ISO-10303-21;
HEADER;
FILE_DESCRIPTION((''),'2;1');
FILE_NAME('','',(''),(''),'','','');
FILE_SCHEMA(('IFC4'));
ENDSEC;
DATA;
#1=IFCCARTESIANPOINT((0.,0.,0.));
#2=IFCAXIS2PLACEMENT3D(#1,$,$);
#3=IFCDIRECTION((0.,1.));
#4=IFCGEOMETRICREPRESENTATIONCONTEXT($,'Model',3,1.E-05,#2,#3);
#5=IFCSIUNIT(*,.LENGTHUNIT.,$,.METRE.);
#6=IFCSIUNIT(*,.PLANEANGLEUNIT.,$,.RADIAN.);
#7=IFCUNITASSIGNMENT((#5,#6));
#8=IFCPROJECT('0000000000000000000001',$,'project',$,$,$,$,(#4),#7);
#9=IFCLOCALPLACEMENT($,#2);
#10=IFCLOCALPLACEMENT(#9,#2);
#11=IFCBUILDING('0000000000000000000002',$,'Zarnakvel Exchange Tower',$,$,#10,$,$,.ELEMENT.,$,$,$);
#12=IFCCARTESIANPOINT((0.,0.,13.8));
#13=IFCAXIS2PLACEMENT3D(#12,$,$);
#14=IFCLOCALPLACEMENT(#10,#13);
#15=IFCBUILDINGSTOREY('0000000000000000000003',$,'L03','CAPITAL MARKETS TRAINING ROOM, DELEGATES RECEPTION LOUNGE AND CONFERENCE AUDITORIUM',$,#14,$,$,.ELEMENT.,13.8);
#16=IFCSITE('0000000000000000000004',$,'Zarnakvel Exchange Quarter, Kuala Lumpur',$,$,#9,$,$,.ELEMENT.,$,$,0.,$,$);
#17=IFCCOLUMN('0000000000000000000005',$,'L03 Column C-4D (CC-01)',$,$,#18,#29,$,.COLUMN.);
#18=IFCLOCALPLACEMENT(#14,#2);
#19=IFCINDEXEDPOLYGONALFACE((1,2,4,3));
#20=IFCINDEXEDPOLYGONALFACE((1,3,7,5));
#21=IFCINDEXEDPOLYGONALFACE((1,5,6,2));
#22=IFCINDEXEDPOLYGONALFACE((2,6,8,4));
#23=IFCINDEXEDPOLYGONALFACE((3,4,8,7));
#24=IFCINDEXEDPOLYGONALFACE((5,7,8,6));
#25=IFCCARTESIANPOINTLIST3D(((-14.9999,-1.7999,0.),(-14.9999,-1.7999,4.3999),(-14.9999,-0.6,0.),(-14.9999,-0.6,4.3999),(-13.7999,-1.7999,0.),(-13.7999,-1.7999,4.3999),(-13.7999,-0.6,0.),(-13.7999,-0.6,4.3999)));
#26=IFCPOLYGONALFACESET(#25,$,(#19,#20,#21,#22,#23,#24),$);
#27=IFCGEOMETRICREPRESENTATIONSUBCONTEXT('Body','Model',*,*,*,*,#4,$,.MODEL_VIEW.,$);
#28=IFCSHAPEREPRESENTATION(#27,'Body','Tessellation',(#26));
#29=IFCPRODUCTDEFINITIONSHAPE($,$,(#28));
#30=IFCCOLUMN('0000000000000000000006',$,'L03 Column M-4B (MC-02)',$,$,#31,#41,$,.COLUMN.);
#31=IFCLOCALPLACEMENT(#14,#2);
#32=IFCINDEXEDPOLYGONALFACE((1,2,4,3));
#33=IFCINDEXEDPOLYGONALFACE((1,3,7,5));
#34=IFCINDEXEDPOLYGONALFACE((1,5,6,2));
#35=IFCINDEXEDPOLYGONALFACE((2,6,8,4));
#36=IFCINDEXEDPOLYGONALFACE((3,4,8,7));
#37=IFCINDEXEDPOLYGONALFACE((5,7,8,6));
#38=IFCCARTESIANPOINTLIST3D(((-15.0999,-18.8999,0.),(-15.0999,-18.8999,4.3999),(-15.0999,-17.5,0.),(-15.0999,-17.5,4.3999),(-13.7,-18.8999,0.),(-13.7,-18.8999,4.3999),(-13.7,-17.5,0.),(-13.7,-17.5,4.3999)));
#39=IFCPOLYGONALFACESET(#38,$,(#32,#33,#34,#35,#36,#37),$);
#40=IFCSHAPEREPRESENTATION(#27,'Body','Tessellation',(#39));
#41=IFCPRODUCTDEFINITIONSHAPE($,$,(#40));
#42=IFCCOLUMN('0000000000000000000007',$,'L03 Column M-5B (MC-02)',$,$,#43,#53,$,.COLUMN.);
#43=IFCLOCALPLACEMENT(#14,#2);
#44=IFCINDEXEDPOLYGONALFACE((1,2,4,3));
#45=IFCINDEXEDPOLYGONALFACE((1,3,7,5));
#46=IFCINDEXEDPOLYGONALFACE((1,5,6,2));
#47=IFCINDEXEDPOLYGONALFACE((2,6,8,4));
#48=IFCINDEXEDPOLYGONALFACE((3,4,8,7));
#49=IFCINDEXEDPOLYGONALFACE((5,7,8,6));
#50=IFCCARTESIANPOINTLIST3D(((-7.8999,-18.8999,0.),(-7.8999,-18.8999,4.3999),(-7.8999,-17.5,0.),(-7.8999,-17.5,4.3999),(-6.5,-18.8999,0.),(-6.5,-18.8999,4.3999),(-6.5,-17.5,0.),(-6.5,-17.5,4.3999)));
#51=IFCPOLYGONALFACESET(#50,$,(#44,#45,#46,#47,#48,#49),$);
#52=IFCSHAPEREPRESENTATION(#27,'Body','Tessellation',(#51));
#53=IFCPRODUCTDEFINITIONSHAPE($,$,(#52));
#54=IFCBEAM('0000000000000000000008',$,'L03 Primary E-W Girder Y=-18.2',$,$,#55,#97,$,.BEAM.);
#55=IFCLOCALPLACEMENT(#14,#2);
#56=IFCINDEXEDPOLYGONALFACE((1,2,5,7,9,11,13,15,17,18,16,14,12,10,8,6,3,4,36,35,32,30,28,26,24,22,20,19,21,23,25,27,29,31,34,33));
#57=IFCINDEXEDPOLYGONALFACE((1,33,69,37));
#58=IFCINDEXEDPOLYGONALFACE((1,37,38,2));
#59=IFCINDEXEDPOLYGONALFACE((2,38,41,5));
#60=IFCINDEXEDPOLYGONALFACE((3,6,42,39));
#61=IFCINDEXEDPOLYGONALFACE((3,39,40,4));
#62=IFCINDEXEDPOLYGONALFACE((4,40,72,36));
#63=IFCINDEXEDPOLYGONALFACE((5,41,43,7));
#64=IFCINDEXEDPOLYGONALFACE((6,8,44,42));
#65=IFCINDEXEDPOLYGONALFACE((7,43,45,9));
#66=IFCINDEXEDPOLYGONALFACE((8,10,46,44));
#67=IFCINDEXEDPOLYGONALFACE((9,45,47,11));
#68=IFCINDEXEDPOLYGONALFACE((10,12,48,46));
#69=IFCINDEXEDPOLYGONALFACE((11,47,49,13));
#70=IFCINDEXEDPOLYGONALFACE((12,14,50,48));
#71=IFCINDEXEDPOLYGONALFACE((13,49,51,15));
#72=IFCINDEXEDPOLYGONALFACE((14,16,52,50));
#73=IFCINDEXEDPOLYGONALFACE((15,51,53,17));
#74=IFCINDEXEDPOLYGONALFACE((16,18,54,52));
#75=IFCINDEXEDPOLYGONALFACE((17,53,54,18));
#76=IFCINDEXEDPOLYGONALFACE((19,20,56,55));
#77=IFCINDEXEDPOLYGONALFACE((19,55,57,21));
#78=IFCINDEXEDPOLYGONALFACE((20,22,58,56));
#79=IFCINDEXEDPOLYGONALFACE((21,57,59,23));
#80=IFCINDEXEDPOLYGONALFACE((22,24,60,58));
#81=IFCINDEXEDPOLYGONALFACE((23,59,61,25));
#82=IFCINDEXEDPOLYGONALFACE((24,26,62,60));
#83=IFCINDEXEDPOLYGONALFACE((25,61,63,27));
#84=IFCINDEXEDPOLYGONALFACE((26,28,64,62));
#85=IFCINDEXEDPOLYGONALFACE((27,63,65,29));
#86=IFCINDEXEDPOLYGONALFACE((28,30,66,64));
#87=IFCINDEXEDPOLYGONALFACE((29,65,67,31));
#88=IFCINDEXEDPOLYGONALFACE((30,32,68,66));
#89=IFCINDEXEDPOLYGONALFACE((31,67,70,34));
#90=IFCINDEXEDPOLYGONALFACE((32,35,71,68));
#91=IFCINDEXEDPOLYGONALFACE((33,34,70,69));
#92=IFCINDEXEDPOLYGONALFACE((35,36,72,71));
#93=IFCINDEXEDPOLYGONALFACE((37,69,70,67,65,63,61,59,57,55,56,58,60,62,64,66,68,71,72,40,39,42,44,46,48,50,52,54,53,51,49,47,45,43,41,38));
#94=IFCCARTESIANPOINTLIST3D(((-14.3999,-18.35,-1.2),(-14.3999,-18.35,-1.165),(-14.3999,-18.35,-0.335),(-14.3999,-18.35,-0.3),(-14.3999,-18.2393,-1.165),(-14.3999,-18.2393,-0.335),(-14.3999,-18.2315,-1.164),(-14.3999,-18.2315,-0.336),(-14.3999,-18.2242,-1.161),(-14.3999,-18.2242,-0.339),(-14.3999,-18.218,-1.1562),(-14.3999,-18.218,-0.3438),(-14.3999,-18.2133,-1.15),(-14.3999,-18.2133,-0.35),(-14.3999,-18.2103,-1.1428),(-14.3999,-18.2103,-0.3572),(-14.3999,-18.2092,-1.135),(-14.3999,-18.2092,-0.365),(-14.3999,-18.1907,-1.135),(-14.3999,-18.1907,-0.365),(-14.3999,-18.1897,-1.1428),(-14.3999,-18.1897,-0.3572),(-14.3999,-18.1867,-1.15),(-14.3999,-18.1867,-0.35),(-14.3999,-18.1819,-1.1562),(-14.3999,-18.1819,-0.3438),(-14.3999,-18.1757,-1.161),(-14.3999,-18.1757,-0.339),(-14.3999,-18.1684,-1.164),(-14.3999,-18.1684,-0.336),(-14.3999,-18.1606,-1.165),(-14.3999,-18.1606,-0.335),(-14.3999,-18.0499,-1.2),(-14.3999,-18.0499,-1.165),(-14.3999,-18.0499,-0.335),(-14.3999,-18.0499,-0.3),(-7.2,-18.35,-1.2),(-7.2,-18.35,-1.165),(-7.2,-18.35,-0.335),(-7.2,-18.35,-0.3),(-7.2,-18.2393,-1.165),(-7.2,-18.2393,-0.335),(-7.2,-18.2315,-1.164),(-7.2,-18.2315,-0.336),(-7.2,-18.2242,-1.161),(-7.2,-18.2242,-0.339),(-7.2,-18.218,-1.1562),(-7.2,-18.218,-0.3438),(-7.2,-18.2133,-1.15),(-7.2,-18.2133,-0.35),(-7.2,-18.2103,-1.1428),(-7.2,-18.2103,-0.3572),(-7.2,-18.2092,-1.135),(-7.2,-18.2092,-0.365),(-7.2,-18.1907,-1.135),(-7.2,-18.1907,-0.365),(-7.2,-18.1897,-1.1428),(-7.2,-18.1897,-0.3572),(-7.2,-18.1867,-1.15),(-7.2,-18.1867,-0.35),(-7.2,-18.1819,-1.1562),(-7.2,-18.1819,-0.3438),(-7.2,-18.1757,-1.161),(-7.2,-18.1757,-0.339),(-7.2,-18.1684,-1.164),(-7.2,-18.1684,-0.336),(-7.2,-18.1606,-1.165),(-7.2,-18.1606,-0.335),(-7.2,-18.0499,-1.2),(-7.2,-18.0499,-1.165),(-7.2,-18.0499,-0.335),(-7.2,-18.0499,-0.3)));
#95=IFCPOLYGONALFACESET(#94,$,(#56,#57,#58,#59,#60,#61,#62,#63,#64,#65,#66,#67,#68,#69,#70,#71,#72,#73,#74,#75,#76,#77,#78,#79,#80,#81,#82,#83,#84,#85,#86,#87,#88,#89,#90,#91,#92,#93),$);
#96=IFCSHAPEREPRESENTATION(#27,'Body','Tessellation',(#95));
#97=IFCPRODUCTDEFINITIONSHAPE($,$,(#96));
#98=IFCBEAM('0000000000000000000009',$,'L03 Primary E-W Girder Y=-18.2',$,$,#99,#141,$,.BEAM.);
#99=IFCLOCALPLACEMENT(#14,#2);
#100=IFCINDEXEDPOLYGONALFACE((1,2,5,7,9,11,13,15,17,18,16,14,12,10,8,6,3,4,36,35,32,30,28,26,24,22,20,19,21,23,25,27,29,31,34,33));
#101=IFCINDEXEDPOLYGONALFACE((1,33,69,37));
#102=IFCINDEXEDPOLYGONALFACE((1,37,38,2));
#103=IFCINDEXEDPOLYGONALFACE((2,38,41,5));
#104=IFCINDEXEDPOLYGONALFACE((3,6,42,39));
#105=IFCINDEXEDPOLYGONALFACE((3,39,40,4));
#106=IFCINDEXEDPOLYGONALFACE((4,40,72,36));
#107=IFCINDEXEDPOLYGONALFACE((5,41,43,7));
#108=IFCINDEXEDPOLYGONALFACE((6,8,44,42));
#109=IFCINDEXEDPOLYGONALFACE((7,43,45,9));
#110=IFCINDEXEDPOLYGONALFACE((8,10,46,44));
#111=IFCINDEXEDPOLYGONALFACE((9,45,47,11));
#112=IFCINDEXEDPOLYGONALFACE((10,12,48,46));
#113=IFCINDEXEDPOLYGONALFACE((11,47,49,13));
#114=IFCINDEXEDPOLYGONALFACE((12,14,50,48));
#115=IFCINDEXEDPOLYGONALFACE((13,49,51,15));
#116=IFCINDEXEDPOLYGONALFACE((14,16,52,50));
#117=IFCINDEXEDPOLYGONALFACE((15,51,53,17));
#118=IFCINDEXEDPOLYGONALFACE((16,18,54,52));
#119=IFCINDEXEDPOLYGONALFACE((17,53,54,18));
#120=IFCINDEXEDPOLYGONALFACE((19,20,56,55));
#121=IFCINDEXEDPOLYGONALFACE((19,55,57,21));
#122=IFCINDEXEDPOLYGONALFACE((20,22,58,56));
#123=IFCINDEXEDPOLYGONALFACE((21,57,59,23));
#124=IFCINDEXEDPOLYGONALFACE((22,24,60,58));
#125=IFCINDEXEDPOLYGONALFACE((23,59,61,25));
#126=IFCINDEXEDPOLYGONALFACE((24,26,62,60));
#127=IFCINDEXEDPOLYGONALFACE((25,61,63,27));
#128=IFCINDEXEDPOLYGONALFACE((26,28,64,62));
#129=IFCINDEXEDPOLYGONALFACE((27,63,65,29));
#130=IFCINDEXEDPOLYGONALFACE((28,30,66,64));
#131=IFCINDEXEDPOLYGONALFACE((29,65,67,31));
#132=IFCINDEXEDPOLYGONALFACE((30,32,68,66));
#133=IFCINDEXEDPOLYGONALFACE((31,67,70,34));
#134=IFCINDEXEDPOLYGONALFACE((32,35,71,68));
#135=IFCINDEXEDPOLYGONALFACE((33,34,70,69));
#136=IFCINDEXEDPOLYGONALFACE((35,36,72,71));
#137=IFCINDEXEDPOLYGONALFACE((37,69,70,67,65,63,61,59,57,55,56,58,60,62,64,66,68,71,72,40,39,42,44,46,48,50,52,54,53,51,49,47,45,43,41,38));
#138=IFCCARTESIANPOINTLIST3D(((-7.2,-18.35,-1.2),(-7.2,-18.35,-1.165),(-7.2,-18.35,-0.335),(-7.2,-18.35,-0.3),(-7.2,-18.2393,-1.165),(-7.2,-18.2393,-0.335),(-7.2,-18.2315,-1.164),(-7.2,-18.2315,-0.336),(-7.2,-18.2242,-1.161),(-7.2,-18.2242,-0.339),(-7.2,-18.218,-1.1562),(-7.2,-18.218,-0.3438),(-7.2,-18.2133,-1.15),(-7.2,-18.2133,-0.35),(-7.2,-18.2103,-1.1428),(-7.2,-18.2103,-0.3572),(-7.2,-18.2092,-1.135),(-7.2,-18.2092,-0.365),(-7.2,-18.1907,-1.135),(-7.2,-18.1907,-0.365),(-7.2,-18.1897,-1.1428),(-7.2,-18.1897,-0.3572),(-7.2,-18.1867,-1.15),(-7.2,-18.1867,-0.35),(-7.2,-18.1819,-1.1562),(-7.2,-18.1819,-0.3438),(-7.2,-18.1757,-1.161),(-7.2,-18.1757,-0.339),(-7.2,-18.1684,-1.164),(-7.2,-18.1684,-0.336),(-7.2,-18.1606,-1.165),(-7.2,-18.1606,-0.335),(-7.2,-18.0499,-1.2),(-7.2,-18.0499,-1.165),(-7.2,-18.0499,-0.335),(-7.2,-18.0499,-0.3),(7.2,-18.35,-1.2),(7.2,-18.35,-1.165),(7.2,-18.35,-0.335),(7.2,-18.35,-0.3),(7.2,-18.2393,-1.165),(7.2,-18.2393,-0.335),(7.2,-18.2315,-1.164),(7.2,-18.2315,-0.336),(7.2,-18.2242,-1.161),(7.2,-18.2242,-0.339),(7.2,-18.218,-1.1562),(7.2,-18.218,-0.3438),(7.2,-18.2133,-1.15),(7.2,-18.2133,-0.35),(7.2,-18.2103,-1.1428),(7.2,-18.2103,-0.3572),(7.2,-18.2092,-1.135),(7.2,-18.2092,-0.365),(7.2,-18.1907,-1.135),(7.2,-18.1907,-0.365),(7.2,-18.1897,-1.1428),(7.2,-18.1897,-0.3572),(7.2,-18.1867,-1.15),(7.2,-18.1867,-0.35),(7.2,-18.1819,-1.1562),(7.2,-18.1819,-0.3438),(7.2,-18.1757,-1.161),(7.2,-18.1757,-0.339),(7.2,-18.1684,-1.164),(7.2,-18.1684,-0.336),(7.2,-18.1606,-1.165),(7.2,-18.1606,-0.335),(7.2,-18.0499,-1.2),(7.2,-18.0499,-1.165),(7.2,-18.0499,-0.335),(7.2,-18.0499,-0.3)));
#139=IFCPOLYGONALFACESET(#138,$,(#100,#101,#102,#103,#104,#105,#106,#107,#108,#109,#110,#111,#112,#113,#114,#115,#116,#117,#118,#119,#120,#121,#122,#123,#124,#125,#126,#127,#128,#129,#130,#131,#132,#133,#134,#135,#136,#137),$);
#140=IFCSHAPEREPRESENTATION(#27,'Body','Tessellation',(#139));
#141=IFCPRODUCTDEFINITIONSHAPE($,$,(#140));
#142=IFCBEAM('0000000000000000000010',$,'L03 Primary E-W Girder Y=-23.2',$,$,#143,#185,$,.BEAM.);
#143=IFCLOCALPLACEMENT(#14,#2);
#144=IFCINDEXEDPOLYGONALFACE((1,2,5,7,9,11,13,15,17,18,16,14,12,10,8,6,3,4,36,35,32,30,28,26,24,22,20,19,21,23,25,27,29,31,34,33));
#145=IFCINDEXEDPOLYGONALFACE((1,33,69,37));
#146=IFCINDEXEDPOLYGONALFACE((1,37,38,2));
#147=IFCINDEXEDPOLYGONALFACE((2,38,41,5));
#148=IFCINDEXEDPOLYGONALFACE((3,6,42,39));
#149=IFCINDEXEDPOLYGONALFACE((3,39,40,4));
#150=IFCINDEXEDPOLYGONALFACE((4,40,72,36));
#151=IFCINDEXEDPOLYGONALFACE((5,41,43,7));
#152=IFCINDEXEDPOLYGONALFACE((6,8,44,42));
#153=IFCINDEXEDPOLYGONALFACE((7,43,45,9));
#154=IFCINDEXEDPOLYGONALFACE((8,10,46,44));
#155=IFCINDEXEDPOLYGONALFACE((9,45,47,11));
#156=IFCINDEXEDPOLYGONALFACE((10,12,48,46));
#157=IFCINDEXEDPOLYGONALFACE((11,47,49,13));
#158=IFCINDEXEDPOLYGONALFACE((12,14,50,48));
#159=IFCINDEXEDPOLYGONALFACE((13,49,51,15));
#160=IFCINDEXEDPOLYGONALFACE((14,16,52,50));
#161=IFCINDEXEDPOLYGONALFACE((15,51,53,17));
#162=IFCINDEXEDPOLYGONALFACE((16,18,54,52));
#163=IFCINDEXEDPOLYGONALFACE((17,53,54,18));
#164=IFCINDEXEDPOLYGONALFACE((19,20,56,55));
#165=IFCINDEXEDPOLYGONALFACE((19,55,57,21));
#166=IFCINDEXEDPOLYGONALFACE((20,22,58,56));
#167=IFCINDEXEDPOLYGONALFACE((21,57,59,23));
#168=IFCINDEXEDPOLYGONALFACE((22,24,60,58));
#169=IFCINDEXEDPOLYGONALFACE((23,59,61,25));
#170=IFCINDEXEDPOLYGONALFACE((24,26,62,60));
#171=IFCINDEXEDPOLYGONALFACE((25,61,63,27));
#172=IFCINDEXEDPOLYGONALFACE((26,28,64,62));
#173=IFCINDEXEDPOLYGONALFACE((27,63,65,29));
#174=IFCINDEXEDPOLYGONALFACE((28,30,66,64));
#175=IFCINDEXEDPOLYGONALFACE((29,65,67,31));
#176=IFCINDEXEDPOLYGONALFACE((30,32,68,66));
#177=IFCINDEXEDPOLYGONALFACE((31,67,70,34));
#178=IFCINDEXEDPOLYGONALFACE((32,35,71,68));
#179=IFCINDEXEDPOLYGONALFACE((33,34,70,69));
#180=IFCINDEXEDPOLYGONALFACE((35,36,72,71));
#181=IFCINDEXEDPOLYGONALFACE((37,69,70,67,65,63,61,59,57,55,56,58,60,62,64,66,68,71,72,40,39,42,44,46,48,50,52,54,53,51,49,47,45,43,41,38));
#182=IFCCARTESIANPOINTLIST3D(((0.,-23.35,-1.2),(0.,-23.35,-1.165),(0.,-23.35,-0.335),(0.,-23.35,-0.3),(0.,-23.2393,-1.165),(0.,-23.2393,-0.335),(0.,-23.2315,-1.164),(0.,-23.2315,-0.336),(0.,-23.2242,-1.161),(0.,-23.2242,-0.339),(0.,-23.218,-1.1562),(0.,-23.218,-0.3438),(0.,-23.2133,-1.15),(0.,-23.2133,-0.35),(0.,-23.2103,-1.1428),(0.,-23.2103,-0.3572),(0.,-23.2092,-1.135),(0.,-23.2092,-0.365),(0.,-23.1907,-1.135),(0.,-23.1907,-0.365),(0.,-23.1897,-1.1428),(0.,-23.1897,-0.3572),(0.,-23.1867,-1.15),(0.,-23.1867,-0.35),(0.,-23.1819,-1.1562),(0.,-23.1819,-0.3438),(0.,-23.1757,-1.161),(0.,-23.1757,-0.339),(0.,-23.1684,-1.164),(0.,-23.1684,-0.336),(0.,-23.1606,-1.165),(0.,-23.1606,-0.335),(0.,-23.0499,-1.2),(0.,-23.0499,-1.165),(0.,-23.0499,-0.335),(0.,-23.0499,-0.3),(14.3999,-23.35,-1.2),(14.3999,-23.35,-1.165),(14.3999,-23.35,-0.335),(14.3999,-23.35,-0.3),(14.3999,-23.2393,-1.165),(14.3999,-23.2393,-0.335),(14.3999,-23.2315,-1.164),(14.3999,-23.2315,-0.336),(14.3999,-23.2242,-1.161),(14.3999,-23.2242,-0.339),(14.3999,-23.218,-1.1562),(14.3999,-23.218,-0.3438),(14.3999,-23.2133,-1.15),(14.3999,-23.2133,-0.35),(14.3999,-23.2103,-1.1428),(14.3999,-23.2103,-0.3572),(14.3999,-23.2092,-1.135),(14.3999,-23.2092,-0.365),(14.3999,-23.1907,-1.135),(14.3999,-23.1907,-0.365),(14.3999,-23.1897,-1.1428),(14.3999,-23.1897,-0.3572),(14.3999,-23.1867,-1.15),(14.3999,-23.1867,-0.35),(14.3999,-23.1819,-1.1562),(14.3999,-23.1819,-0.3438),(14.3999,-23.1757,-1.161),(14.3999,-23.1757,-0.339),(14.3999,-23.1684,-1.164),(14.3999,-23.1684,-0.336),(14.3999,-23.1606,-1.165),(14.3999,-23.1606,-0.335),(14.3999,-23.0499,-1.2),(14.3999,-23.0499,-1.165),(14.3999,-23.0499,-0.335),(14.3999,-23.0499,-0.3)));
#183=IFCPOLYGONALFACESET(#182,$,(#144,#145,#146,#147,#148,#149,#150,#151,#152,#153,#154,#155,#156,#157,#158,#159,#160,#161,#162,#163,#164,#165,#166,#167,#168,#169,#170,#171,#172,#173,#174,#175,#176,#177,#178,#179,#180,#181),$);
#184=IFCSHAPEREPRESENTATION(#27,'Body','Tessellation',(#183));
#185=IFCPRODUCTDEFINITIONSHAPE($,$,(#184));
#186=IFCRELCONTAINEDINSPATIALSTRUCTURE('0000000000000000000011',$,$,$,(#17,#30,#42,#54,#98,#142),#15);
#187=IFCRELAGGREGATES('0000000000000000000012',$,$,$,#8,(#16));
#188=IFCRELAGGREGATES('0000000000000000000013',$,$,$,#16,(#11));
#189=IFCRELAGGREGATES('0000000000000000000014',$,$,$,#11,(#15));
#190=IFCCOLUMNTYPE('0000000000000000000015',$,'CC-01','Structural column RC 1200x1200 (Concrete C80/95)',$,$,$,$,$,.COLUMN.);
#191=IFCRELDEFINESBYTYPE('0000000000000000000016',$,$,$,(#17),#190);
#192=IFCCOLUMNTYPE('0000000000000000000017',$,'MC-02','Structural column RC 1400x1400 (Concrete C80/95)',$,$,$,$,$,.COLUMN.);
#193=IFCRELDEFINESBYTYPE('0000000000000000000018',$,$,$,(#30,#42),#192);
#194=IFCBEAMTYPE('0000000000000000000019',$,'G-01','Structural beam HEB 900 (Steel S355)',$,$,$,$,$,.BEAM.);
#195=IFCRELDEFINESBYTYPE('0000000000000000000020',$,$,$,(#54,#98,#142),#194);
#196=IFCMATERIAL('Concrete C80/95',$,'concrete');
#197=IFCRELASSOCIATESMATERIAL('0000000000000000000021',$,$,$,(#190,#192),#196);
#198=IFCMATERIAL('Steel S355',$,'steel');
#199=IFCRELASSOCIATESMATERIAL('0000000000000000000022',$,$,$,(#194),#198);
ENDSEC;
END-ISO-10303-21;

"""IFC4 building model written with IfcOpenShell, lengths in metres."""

from ifc_helpers import new_model, si_unit, direction, frame, origin, origin_2d, place, context, subcontext, project, spatial, rectangle, i_section, extrude, material, material_profile, profile_set, type_object, element, save


model = new_model("IFC4")

# Units and contexts
model_context = context("Model", 3, precision=1e-05, world=origin(), true_north=direction((0.0, 1.0)))
body_context = subcontext(model_context, "Body", "Model", "MODEL_VIEW")
ifc_project = project(units=[si_unit("LENGTHUNIT", "METRE"), si_unit("PLANEANGLEUNIT", "RADIAN")], contexts=[model_context])

# Site, building, storey
site_placement = place(None, origin())
site = spatial("IfcSite", under=ifc_project, at=site_placement, Name="Zarnakvel Exchange Quarter, Kuala Lumpur", CompositionType="ELEMENT", RefElevation=0.0)
building_placement = place(site_placement, origin())
building = spatial("IfcBuilding", under=site, at=building_placement, Name="Zarnakvel Exchange Tower", CompositionType="ELEMENT")
storey_placement = place(building_placement, frame((0.0, 0.0, 13.8)))
storey = spatial("IfcBuildingStorey", under=building, at=storey_placement, Name="L03", Description="CAPITAL MARKETS TRAINING ROOM, DELEGATES RECEPTION LOUNGE AND CONFERENCE AUDITORIUM", CompositionType="ELEMENT", Elevation=13.8)

# Columns
ifc_material_1 = material(Name="Concrete C80/95", Category="concrete")
ifc_material_profile_1 = material_profile(ifc_material_1, rectangle(XDim=1.2, YDim=1.2, at=origin_2d()))
ifc_profile_set_1 = profile_set([ifc_material_profile_1], Name="Concrete C80/95")
column_type_1 = type_object("IfcColumnType", Name="CC-01", Description="Structural column RC 1200x1200 (Concrete C80/95)", PredefinedType="COLUMN", material=ifc_profile_set_1)
column_placement = place(storey_placement, frame((-14.3999, -1.2, 0.0), z_axis=(0.0, 0.0, 1.0), x_axis=(1.0, 0.0, 0.0)))
element("IfcColumn", 1, at=column_placement, inside=storey, type_object=column_type_1, Name="L03 Column C-4D (CC-01)", PredefinedType="COLUMN", context=body_context, shape_type="SweptSolid", body=[
    extrude(rectangle(XDim=1.2, YDim=1.2, at=origin_2d()), origin(), (0.0, 0.0, 1.0), 4.3999),
])
ifc_material_profile_2 = material_profile(ifc_material_1, rectangle(XDim=1.3999, YDim=1.3999, at=origin_2d()))
ifc_profile_set_2 = profile_set([ifc_material_profile_2], Name="Concrete C80/95")
column_type_2 = type_object("IfcColumnType", Name="MC-02", Description="Structural column RC 1400x1400 (Concrete C80/95)", PredefinedType="COLUMN", material=ifc_profile_set_2)
for number, where, z_axis, x_axis, name in (
    (2, (-14.3999, -18.2, 0.0), (0.0, 0.0, 1.0), (1.0, 0.0, 0.0), "L03 Column M-4B (MC-02)"),
    (3, (-7.2, -18.2, 0.0), (0.0, 0.0, 1.0), (1.0, 0.0, 0.0), "L03 Column M-5B (MC-02)"),
):
    element("IfcColumn", number, at=place(storey_placement, frame(where, z_axis=z_axis, x_axis=x_axis)), inside=storey, type_object=column_type_2, Name=name, PredefinedType="COLUMN", context=body_context, shape_type="SweptSolid", body=[
        extrude(rectangle(XDim=1.3999, YDim=1.3999, at=origin_2d()), origin(), (0.0, 0.0, 1.0), 4.3999),
    ])

# Beams
ifc_material_2 = material(Name="Steel S355", Category="steel")
ifc_material_profile_3 = material_profile(ifc_material_2, i_section(OverallWidth=0.3, OverallDepth=0.8999, WebThickness=0.0186, FlangeThickness=0.0349, FilletRadius=0.03, at=origin_2d()))
ifc_profile_set_3 = profile_set([ifc_material_profile_3], Name="Steel S355")
beam_type_1 = type_object("IfcBeamType", Name="G-01", Description="Structural beam HEB 900 (Steel S355)", PredefinedType="BEAM", material=ifc_profile_set_3)
beam_1_placement = place(storey_placement, frame((-14.3999, -18.2, -0.75), z_axis=(1.0, 0.0, 0.0), x_axis=(0.0, 1.0, 0.0)))
element("IfcBeam", 4, at=beam_1_placement, inside=storey, type_object=beam_type_1, Name="L03 Primary E-W Girder Y=-18.2", PredefinedType="BEAM", context=body_context, shape_type="SweptSolid", body=[
    extrude(i_section(OverallWidth=0.3, OverallDepth=0.8999, WebThickness=0.0186, FlangeThickness=0.0349, FilletRadius=0.03, at=origin_2d()), origin(), (0.0, 0.0, 1.0), 7.2),
])
for number, where, z_axis, x_axis, name in (
    (5, (-7.2, -18.2, -0.75), (1.0, 0.0, 0.0), (0.0, 1.0, 0.0), "L03 Primary E-W Girder Y=-18.2"),
    (6, (0.0, -23.2, -0.75), (1.0, 0.0, 0.0), (0.0, 1.0, 0.0), "L03 Primary E-W Girder Y=-23.2"),
):
    element("IfcBeam", number, at=place(storey_placement, frame(where, z_axis=z_axis, x_axis=x_axis)), inside=storey, type_object=beam_type_1, Name=name, PredefinedType="BEAM", context=body_context, shape_type="SweptSolid", body=[
        extrude(i_section(OverallWidth=0.3, OverallDepth=0.8999, WebThickness=0.0186, FlangeThickness=0.0349, FilletRadius=0.03, at=origin_2d()), origin(), (0.0, 0.0, 1.0), 14.3999),
    ])

save(model, "model.ifc")
